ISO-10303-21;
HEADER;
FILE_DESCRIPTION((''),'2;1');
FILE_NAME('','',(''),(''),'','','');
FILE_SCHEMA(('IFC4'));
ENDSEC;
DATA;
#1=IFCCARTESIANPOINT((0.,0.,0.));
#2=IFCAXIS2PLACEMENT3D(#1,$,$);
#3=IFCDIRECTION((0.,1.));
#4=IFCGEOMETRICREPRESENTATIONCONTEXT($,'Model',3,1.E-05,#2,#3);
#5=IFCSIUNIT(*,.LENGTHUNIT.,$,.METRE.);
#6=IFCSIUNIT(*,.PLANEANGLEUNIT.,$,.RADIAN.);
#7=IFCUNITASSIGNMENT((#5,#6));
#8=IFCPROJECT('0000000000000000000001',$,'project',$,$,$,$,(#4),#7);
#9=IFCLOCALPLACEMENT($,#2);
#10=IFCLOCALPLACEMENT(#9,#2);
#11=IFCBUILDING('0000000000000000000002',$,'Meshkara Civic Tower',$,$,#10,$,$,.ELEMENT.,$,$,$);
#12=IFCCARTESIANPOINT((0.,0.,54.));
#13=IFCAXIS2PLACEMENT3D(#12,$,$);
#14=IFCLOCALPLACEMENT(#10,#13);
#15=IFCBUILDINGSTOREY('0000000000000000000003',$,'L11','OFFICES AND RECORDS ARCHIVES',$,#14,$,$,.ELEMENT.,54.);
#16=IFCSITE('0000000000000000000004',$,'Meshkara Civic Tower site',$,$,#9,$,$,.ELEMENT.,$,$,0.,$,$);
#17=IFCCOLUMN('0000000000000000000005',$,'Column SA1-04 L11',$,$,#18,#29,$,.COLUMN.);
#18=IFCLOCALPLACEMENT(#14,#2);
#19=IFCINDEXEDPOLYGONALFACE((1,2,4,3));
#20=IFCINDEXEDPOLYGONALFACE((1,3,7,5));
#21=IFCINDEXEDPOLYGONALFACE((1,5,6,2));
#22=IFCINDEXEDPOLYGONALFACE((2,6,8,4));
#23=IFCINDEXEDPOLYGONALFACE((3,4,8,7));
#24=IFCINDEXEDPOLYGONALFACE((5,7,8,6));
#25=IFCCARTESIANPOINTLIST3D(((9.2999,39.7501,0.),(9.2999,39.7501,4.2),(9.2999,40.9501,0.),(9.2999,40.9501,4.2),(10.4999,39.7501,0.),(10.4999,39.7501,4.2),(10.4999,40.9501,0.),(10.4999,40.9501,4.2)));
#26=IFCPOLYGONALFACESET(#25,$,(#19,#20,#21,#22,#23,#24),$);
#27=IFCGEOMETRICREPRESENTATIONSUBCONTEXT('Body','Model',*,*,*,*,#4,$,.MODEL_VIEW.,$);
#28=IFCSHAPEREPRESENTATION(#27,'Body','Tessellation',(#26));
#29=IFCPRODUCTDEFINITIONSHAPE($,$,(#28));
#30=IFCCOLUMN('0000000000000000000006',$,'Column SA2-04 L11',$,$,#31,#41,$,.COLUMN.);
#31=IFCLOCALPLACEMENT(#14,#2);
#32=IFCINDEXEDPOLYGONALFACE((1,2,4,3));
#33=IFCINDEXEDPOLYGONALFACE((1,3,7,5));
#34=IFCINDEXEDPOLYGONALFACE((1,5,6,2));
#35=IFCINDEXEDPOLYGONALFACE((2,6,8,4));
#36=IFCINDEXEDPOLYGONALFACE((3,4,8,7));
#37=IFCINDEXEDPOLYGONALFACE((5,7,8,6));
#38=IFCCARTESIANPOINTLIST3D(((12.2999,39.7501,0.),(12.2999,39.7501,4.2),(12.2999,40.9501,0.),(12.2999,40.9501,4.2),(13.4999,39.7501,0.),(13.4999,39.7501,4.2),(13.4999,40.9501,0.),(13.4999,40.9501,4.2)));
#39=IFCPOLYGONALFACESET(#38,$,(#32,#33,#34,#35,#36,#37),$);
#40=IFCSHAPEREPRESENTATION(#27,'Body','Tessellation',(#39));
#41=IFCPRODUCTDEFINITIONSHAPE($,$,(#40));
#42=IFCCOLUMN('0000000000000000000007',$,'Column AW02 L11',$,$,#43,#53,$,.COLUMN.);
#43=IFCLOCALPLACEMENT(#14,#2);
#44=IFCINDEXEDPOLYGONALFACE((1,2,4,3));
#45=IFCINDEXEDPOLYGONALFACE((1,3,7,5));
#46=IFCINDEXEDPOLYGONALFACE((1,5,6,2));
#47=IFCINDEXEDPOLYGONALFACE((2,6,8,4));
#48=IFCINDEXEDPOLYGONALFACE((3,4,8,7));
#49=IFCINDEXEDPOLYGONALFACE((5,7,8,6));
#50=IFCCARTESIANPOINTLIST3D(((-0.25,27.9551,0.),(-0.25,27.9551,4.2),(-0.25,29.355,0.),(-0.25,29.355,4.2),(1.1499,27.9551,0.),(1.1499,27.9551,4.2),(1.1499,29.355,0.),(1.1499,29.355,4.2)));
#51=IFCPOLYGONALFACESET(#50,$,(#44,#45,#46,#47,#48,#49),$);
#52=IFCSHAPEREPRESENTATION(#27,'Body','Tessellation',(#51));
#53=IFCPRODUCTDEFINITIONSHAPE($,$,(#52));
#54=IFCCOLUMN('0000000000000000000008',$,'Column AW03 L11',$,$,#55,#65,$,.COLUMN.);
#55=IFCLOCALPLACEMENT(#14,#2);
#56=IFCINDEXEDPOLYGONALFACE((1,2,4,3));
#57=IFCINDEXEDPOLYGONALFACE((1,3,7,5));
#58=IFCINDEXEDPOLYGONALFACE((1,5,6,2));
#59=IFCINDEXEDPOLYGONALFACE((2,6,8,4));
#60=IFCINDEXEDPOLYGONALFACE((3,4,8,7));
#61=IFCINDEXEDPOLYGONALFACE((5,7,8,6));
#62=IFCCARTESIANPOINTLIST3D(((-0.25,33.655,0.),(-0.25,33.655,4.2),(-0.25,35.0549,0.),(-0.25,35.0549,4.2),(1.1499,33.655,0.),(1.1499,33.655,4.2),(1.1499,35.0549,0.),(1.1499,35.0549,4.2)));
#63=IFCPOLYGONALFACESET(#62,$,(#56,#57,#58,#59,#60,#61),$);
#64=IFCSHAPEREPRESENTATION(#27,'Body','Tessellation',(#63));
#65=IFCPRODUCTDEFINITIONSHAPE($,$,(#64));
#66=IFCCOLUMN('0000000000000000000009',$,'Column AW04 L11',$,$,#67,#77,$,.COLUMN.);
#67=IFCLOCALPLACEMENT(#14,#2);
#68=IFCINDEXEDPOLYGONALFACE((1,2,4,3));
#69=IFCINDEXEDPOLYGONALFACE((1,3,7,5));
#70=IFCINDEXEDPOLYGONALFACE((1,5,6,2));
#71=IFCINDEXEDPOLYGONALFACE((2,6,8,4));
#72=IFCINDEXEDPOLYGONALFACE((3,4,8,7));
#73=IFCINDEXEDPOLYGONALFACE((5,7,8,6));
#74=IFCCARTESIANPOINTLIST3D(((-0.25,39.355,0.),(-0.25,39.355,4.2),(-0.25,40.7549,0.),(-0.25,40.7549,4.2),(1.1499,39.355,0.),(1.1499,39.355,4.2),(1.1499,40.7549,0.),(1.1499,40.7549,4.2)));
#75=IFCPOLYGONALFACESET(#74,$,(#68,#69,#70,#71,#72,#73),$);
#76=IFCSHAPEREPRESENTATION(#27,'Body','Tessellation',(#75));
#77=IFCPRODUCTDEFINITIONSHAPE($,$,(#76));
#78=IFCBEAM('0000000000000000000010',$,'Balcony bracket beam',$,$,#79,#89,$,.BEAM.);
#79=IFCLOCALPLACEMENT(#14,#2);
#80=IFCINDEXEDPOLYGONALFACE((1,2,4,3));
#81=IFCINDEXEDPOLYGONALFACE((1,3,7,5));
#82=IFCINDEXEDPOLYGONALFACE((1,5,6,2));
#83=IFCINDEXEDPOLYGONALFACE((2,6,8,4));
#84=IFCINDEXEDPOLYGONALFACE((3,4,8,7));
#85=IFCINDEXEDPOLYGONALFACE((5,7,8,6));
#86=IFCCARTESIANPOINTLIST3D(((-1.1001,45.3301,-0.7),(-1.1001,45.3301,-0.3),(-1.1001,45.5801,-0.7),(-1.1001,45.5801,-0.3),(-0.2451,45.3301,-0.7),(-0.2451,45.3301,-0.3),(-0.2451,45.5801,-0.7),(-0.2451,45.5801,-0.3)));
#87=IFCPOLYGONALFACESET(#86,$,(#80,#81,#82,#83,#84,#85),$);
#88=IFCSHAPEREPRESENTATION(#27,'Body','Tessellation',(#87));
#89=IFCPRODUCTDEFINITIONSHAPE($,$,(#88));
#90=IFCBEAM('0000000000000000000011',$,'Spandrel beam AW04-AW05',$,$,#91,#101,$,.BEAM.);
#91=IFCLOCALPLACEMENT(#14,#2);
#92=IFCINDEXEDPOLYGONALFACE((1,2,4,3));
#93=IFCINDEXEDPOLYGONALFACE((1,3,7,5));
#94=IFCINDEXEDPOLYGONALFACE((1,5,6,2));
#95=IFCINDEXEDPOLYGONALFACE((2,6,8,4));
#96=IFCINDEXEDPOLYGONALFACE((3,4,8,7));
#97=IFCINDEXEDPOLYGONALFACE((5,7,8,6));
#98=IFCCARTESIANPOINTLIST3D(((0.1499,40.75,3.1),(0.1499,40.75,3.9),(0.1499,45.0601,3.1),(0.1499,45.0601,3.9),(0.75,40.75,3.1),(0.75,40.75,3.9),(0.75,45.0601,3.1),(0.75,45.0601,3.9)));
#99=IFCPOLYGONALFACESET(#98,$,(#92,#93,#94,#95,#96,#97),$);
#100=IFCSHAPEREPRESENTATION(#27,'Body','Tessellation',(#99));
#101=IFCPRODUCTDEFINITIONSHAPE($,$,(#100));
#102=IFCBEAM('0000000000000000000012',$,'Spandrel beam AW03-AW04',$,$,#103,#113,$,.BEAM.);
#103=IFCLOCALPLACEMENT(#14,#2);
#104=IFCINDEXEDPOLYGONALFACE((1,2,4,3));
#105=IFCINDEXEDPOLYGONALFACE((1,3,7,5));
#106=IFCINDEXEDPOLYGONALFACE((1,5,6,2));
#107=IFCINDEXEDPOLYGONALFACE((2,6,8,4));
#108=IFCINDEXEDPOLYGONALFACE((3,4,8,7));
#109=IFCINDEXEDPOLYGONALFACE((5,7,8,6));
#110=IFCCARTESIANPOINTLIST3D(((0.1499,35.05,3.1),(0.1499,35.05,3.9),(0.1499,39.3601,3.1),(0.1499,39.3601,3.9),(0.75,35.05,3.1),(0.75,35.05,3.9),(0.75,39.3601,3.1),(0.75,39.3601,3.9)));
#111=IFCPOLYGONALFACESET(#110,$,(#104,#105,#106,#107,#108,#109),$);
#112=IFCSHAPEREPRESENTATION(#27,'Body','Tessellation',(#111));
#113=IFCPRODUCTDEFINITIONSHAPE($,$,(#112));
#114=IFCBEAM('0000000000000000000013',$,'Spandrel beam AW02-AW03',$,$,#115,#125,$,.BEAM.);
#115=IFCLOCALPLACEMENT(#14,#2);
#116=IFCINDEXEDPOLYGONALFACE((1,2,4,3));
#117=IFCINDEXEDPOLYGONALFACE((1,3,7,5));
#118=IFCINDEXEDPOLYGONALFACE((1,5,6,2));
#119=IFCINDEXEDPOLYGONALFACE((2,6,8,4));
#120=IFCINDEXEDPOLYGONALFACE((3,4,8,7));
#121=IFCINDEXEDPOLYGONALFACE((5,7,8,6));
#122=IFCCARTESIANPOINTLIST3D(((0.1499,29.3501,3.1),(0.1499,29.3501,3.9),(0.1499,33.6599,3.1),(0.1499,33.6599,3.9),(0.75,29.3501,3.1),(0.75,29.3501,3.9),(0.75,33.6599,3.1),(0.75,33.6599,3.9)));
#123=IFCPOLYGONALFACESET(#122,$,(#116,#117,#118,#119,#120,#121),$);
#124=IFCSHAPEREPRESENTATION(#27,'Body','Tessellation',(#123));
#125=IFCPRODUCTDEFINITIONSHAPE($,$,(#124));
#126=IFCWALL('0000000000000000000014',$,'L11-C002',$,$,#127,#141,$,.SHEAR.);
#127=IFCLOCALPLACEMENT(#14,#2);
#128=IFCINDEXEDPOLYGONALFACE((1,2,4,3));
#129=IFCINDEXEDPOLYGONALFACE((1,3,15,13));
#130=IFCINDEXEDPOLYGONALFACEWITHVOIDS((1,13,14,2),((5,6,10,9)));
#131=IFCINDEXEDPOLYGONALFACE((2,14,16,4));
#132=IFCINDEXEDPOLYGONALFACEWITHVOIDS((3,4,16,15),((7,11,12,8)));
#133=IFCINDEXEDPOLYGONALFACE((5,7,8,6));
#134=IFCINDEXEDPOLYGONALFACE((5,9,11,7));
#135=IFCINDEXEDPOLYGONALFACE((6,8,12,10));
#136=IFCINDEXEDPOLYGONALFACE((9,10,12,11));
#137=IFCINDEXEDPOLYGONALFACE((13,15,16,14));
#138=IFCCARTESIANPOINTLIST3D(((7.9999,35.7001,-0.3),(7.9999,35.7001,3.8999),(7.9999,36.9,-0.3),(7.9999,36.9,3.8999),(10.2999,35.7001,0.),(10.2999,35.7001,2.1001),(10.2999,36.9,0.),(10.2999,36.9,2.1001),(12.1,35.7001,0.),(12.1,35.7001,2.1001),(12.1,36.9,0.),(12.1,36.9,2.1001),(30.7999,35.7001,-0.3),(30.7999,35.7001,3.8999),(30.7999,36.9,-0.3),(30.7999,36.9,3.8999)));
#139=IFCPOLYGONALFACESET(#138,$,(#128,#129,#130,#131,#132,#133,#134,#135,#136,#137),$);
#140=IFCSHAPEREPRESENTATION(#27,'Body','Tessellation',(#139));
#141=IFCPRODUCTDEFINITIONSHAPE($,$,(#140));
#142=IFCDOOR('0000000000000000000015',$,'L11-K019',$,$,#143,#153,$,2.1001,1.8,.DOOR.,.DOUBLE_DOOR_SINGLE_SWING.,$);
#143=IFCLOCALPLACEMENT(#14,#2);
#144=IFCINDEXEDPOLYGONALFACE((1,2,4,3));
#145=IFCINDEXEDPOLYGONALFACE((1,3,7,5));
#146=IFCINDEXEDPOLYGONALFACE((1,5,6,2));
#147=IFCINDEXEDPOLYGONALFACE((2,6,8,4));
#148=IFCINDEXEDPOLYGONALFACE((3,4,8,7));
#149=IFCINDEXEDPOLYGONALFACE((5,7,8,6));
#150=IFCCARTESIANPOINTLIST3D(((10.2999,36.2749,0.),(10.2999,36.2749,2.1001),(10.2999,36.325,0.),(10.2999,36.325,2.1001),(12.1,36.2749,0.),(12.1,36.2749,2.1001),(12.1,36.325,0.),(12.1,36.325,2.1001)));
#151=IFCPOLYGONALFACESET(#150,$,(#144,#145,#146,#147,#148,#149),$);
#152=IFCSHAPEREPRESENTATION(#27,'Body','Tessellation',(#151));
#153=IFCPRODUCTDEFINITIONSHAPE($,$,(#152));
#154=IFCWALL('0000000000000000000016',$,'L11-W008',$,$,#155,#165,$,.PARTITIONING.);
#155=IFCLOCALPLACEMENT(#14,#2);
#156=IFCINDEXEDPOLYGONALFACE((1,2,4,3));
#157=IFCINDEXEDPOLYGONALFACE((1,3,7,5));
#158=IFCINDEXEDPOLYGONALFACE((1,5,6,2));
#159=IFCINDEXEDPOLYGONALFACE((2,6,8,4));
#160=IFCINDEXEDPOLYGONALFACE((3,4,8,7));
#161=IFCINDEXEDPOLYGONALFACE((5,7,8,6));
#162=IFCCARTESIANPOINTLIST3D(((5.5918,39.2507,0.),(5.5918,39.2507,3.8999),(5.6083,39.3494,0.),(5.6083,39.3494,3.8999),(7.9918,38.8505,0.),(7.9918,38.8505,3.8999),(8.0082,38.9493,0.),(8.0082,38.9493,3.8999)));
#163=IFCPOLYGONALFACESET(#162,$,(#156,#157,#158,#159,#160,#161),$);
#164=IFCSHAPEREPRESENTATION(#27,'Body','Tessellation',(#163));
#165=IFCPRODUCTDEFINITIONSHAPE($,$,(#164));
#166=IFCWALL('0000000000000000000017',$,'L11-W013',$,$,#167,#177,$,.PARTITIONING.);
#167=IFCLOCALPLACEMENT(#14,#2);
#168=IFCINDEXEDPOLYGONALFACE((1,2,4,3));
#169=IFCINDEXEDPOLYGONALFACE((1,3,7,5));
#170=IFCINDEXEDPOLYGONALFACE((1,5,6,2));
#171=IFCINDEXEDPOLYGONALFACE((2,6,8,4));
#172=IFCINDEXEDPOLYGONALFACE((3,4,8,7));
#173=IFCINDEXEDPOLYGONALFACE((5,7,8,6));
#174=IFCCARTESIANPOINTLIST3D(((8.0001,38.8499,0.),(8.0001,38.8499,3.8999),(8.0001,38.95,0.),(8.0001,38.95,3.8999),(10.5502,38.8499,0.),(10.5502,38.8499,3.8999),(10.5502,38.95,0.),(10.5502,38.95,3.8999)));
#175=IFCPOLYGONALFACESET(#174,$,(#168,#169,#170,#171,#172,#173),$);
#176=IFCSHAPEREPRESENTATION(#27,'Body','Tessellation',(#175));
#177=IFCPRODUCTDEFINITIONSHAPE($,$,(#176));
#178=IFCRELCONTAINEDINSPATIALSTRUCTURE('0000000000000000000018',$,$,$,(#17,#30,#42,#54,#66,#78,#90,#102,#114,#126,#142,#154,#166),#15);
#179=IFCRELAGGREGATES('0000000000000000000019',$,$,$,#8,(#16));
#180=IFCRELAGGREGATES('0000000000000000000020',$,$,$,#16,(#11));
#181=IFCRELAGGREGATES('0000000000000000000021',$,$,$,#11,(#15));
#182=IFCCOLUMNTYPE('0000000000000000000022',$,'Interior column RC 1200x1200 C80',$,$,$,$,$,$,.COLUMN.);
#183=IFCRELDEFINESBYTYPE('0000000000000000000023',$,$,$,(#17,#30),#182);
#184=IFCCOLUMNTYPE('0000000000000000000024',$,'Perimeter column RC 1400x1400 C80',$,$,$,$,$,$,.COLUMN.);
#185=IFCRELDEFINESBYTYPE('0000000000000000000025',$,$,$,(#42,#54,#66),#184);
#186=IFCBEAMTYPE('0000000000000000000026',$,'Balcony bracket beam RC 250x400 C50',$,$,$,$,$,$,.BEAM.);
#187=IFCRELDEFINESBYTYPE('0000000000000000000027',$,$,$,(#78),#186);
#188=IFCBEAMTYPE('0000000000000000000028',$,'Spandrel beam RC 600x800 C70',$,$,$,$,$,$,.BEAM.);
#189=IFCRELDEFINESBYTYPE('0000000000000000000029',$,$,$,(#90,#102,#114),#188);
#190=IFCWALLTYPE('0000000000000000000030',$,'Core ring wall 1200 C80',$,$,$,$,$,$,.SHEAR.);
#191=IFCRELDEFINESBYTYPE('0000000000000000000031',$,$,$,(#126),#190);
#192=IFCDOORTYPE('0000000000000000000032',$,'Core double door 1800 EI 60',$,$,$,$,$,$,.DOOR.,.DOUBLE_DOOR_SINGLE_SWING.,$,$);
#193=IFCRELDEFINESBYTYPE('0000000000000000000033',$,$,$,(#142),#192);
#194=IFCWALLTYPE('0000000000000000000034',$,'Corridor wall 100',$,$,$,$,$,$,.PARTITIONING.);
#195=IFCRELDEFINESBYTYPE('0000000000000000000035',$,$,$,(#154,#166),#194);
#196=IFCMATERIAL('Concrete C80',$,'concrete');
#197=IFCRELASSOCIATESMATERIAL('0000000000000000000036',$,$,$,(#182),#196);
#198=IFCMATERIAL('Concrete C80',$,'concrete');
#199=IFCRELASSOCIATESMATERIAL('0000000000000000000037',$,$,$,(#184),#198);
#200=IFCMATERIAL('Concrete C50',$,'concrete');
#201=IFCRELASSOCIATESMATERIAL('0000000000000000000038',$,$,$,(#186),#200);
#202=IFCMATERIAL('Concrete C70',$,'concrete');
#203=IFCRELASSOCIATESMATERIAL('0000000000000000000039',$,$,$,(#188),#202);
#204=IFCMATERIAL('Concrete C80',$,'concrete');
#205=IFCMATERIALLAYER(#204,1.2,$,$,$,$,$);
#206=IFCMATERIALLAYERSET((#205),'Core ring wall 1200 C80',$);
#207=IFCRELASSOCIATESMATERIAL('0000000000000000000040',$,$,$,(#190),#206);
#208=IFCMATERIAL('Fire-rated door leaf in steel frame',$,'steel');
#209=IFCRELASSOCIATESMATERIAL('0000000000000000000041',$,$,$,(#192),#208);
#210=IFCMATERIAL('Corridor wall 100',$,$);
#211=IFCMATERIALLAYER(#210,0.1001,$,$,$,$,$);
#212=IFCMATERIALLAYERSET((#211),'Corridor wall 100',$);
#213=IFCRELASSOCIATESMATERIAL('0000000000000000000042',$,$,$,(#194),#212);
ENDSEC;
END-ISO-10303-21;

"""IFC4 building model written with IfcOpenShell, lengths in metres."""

from ifc_helpers import new_model, si_unit, direction, frame, frame_2d, origin, origin_2d, place, context, subcontext, project, spatial, rectangle, extrude, material, layer, layer_set, material_profile, profile_set, type_object, element, fill, save


model = new_model("IFC4")

# Units and contexts
model_context = context("Model", 3, precision=1e-05, world=origin(), true_north=direction((0.0, 1.0)))
body_context = subcontext(model_context, "Body", "Model", "MODEL_VIEW")
ifc_project = project(units=[si_unit("LENGTHUNIT", "METRE"), si_unit("PLANEANGLEUNIT", "RADIAN")], contexts=[model_context])

# Site, building, storey
site_placement = place(None, origin())
site = spatial("IfcSite", under=ifc_project, at=site_placement, Name="Meshkara Civic Tower site", CompositionType="ELEMENT", RefElevation=0.0)
building_placement = place(site_placement, origin())
building = spatial("IfcBuilding", under=site, at=building_placement, Name="Meshkara Civic Tower", CompositionType="ELEMENT")
storey_placement = place(building_placement, frame((0.0, 0.0, 54.0)))
storey = spatial("IfcBuildingStorey", under=building, at=storey_placement, Name="L11", Description="OFFICES AND RECORDS ARCHIVES", CompositionType="ELEMENT", Elevation=54.0)

# Columns
ifc_material_1 = material(Name="Concrete C80", Category="concrete")
ifc_material_profile_1 = material_profile(ifc_material_1, rectangle(XDim=1.2, YDim=1.2, at=origin_2d()))
ifc_profile_set_1 = profile_set([ifc_material_profile_1], Name="Concrete C80")
column_type_1 = type_object("IfcColumnType", Name="Interior column RC 1200x1200 C80", PredefinedType="COLUMN", material=ifc_profile_set_1)
for number, where, z_axis, x_axis, name in (
    (1, (9.8999, 40.3501, 0.0), (0.0, 0.0, 1.0), (1.0, 0.0, 0.0), "Column SA1-04 L11"),
    (2, (12.8999, 40.3501, 0.0), (0.0, 0.0, 1.0), (1.0, 0.0, 0.0), "Column SA2-04 L11"),
):
    element("IfcColumn", number, at=place(storey_placement, frame(where, z_axis=z_axis, x_axis=x_axis)), inside=storey, type_object=column_type_1, Name=name, PredefinedType="COLUMN", context=body_context, shape_type="SweptSolid", body=[
        extrude(rectangle(XDim=1.2, YDim=1.2, at=origin_2d()), origin(), (0.0, 0.0, 1.0), 4.2),
    ])
ifc_material_2 = material(Name="Concrete C80", Category="concrete")
ifc_material_profile_2 = material_profile(ifc_material_2, rectangle(XDim=1.3999, YDim=1.3999, at=origin_2d()))
ifc_profile_set_2 = profile_set([ifc_material_profile_2], Name="Concrete C80")
column_type_2 = type_object("IfcColumnType", Name="Perimeter column RC 1400x1400 C80", PredefinedType="COLUMN", material=ifc_profile_set_2)
for number, where, z_axis, x_axis, name in (
    (3, (0.45, 28.655, 0.0), (0.0, 0.0, 1.0), (1.0, 0.0, 0.0), "Column AW02 L11"),
    (4, (0.45, 34.355, 0.0), (0.0, 0.0, 1.0), (1.0, 0.0, 0.0), "Column AW03 L11"),
    (5, (0.45, 40.0549, 0.0), (0.0, 0.0, 1.0), (1.0, 0.0, 0.0), "Column AW04 L11"),
):
    element("IfcColumn", number, at=place(storey_placement, frame(where, z_axis=z_axis, x_axis=x_axis)), inside=storey, type_object=column_type_2, Name=name, PredefinedType="COLUMN", context=body_context, shape_type="SweptSolid", body=[
        extrude(rectangle(XDim=1.3999, YDim=1.3999, at=origin_2d()), origin(), (0.0, 0.0, 1.0), 4.2),
    ])

# Beams
ifc_material_3 = material(Name="Concrete C50", Category="concrete")
ifc_material_profile_3 = material_profile(ifc_material_3, rectangle(XDim=0.25, YDim=0.3999, at=origin_2d()))
ifc_profile_set_3 = profile_set([ifc_material_profile_3], Name="Concrete C50")
beam_type_1 = type_object("IfcBeamType", Name="Balcony bracket beam RC 250x400 C50", PredefinedType="BEAM", material=ifc_profile_set_3)
beam_1_placement = place(storey_placement, frame((-0.2451, 45.4551, -0.5), z_axis=(-1.0, 0.0, 0.0), x_axis=(0.0, -1.0, 0.0)))
element("IfcBeam", 6, at=beam_1_placement, inside=storey, type_object=beam_type_1, Name="Balcony bracket beam", PredefinedType="BEAM", context=body_context, shape_type="SweptSolid", body=[
    extrude(rectangle(XDim=0.25, YDim=0.3999, at=origin_2d()), origin(), (0.0, 0.0, 1.0), 0.855),
])
ifc_material_4 = material(Name="Concrete C70", Category="concrete")
ifc_material_profile_4 = material_profile(ifc_material_4, rectangle(XDim=0.6001, YDim=0.8, at=origin_2d()))
ifc_profile_set_4 = profile_set([ifc_material_profile_4], Name="Concrete C70")
beam_type_2 = type_object("IfcBeamType", Name="Spandrel beam RC 600x800 C70", PredefinedType="BEAM", material=ifc_profile_set_4)
for number, where, z_axis, x_axis, name in (
    (7, (0.45, 45.0601, 3.5), (0.0, -1.0, 0.0), (1.0, 0.0, 0.0), "Spandrel beam AW04-AW05"),
    (8, (0.45, 39.3601, 3.5), (0.0, -1.0, 0.0), (1.0, 0.0, 0.0), "Spandrel beam AW03-AW04"),
):
    element("IfcBeam", number, at=place(storey_placement, frame(where, z_axis=z_axis, x_axis=x_axis)), inside=storey, type_object=beam_type_2, Name=name, PredefinedType="BEAM", context=body_context, shape_type="SweptSolid", body=[
        extrude(rectangle(XDim=0.6001, YDim=0.8, at=origin_2d()), origin(), (0.0, 0.0, 1.0), 4.3101),
    ])
beam_2_placement = place(storey_placement, frame((0.45, 33.6599, 3.5), z_axis=(0.0, -1.0, 0.0), x_axis=(1.0, 0.0, 0.0)))
element("IfcBeam", 9, at=beam_2_placement, inside=storey, type_object=beam_type_2, Name="Spandrel beam AW02-AW03", PredefinedType="BEAM", context=body_context, shape_type="SweptSolid", body=[
    extrude(rectangle(XDim=0.6001, YDim=0.8, at=origin_2d()), origin(), (0.0, 0.0, 1.0), 4.3098),
])

# Wall, opening, door
ifc_material_5 = material(Name="Concrete C80", Category="concrete")
ifc_layer_1 = layer(ifc_material_5, 1.2)
ifc_layer_set_1 = layer_set([ifc_layer_1], Name="Core ring wall 1200 C80")
wall_type_1 = type_object("IfcWallType", Name="Core ring wall 1200 C80", PredefinedType="SHEAR", material=ifc_layer_set_1)
wall_1_placement = place(storey_placement, frame((8.0, 36.3, -0.3), z_axis=(0.0, 0.0, 1.0), x_axis=(1.0, 0.0, 0.0)))
wall_1 = element("IfcWall", 10, at=wall_1_placement, inside=storey, type_object=wall_type_1, Name="L11-C002", PredefinedType="SHEAR", context=body_context, shape_type="SweptSolid", body=[
    extrude(rectangle(XDim=22.8, YDim=1.2, at=frame_2d((11.3999, 0.0))), origin(), (0.0, 0.0, 1.0), 4.2),
])
opening_1_placement = place(wall_1_placement, frame((2.3, 0.0, 0.3)))
opening_1 = element("IfcOpeningElement", 11, at=opening_1_placement, cuts=wall_1, PredefinedType="OPENING", context=body_context, shape_type="SweptSolid", body=[
    extrude(rectangle(XDim=1.8, YDim=2.1001, at=frame_2d((0.8999, 1.05))), frame((0.0, 0.6099, 0.0), z_axis=(0.0, -1.0, 0.0), x_axis=(1.0, 0.0, 0.0)), (0.0, 0.0, 1.0), 1.22),
])
ifc_material_6 = material(Name="Fire-rated door leaf in steel frame", Category="steel")
door_type_1 = type_object("IfcDoorType", Name="Core double door 1800 EI 60", OperationType="DOUBLE_DOOR_SINGLE_SWING", PredefinedType="DOOR", material=ifc_material_6)
door_1_placement = place(opening_1_placement, origin())
door_1 = element("IfcDoor", 12, at=door_1_placement, inside=storey, type_object=door_type_1, Name="L11-K019", OperationType="DOUBLE_DOOR_SINGLE_SWING", OverallHeight=2.1001, OverallWidth=1.8, PredefinedType="DOOR", context=body_context, shape_type="SweptSolid", body=[
    extrude(rectangle(XDim=1.8, YDim=2.1001, at=frame_2d((0.8999, 1.05))), frame((0.0, 0.0249, 0.0), z_axis=(0.0, -1.0, 0.0), x_axis=(1.0, 0.0, 0.0)), (0.0, 0.0, 1.0), 0.05),
])
fill(opening_1, door_1)

# Walls
ifc_material_7 = material(Name="Corridor wall 100")
ifc_layer_2 = layer(ifc_material_7, 0.1001)
ifc_layer_set_2 = layer_set([ifc_layer_2], Name="Corridor wall 100")
wall_type_2 = type_object("IfcWallType", Name="Corridor wall 100", PredefinedType="PARTITIONING", material=ifc_layer_set_2)
wall_2_placement = place(storey_placement, frame((8.0, 38.8999, 0.0), z_axis=(0.0, 0.0, 1.0), x_axis=(-0.986383, 0.164464, 0.0)))
element("IfcWall", 13, at=wall_2_placement, inside=storey, type_object=wall_type_2, Name="L11-W008", PredefinedType="PARTITIONING", context=body_context, shape_type="SweptSolid", body=[
    extrude(rectangle(XDim=2.4331, YDim=0.1001, at=frame_2d((1.2166, 0.0))), origin(), (0.0, 0.0, 1.0), 3.8999),
])
wall_3_placement = place(storey_placement, frame((10.55, 38.8999, 0.0), z_axis=(0.0, 0.0, 1.0), x_axis=(-1.0, 0.0, 0.0)))
element("IfcWall", 14, at=wall_3_placement, inside=storey, type_object=wall_type_2, Name="L11-W013", PredefinedType="PARTITIONING", context=body_context, shape_type="SweptSolid", body=[
    extrude(rectangle(XDim=2.55, YDim=0.1001, at=frame_2d((1.2749, 0.0))), origin(), (0.0, 0.0, 1.0), 3.8999),
])

save(model, "model.ifc")
